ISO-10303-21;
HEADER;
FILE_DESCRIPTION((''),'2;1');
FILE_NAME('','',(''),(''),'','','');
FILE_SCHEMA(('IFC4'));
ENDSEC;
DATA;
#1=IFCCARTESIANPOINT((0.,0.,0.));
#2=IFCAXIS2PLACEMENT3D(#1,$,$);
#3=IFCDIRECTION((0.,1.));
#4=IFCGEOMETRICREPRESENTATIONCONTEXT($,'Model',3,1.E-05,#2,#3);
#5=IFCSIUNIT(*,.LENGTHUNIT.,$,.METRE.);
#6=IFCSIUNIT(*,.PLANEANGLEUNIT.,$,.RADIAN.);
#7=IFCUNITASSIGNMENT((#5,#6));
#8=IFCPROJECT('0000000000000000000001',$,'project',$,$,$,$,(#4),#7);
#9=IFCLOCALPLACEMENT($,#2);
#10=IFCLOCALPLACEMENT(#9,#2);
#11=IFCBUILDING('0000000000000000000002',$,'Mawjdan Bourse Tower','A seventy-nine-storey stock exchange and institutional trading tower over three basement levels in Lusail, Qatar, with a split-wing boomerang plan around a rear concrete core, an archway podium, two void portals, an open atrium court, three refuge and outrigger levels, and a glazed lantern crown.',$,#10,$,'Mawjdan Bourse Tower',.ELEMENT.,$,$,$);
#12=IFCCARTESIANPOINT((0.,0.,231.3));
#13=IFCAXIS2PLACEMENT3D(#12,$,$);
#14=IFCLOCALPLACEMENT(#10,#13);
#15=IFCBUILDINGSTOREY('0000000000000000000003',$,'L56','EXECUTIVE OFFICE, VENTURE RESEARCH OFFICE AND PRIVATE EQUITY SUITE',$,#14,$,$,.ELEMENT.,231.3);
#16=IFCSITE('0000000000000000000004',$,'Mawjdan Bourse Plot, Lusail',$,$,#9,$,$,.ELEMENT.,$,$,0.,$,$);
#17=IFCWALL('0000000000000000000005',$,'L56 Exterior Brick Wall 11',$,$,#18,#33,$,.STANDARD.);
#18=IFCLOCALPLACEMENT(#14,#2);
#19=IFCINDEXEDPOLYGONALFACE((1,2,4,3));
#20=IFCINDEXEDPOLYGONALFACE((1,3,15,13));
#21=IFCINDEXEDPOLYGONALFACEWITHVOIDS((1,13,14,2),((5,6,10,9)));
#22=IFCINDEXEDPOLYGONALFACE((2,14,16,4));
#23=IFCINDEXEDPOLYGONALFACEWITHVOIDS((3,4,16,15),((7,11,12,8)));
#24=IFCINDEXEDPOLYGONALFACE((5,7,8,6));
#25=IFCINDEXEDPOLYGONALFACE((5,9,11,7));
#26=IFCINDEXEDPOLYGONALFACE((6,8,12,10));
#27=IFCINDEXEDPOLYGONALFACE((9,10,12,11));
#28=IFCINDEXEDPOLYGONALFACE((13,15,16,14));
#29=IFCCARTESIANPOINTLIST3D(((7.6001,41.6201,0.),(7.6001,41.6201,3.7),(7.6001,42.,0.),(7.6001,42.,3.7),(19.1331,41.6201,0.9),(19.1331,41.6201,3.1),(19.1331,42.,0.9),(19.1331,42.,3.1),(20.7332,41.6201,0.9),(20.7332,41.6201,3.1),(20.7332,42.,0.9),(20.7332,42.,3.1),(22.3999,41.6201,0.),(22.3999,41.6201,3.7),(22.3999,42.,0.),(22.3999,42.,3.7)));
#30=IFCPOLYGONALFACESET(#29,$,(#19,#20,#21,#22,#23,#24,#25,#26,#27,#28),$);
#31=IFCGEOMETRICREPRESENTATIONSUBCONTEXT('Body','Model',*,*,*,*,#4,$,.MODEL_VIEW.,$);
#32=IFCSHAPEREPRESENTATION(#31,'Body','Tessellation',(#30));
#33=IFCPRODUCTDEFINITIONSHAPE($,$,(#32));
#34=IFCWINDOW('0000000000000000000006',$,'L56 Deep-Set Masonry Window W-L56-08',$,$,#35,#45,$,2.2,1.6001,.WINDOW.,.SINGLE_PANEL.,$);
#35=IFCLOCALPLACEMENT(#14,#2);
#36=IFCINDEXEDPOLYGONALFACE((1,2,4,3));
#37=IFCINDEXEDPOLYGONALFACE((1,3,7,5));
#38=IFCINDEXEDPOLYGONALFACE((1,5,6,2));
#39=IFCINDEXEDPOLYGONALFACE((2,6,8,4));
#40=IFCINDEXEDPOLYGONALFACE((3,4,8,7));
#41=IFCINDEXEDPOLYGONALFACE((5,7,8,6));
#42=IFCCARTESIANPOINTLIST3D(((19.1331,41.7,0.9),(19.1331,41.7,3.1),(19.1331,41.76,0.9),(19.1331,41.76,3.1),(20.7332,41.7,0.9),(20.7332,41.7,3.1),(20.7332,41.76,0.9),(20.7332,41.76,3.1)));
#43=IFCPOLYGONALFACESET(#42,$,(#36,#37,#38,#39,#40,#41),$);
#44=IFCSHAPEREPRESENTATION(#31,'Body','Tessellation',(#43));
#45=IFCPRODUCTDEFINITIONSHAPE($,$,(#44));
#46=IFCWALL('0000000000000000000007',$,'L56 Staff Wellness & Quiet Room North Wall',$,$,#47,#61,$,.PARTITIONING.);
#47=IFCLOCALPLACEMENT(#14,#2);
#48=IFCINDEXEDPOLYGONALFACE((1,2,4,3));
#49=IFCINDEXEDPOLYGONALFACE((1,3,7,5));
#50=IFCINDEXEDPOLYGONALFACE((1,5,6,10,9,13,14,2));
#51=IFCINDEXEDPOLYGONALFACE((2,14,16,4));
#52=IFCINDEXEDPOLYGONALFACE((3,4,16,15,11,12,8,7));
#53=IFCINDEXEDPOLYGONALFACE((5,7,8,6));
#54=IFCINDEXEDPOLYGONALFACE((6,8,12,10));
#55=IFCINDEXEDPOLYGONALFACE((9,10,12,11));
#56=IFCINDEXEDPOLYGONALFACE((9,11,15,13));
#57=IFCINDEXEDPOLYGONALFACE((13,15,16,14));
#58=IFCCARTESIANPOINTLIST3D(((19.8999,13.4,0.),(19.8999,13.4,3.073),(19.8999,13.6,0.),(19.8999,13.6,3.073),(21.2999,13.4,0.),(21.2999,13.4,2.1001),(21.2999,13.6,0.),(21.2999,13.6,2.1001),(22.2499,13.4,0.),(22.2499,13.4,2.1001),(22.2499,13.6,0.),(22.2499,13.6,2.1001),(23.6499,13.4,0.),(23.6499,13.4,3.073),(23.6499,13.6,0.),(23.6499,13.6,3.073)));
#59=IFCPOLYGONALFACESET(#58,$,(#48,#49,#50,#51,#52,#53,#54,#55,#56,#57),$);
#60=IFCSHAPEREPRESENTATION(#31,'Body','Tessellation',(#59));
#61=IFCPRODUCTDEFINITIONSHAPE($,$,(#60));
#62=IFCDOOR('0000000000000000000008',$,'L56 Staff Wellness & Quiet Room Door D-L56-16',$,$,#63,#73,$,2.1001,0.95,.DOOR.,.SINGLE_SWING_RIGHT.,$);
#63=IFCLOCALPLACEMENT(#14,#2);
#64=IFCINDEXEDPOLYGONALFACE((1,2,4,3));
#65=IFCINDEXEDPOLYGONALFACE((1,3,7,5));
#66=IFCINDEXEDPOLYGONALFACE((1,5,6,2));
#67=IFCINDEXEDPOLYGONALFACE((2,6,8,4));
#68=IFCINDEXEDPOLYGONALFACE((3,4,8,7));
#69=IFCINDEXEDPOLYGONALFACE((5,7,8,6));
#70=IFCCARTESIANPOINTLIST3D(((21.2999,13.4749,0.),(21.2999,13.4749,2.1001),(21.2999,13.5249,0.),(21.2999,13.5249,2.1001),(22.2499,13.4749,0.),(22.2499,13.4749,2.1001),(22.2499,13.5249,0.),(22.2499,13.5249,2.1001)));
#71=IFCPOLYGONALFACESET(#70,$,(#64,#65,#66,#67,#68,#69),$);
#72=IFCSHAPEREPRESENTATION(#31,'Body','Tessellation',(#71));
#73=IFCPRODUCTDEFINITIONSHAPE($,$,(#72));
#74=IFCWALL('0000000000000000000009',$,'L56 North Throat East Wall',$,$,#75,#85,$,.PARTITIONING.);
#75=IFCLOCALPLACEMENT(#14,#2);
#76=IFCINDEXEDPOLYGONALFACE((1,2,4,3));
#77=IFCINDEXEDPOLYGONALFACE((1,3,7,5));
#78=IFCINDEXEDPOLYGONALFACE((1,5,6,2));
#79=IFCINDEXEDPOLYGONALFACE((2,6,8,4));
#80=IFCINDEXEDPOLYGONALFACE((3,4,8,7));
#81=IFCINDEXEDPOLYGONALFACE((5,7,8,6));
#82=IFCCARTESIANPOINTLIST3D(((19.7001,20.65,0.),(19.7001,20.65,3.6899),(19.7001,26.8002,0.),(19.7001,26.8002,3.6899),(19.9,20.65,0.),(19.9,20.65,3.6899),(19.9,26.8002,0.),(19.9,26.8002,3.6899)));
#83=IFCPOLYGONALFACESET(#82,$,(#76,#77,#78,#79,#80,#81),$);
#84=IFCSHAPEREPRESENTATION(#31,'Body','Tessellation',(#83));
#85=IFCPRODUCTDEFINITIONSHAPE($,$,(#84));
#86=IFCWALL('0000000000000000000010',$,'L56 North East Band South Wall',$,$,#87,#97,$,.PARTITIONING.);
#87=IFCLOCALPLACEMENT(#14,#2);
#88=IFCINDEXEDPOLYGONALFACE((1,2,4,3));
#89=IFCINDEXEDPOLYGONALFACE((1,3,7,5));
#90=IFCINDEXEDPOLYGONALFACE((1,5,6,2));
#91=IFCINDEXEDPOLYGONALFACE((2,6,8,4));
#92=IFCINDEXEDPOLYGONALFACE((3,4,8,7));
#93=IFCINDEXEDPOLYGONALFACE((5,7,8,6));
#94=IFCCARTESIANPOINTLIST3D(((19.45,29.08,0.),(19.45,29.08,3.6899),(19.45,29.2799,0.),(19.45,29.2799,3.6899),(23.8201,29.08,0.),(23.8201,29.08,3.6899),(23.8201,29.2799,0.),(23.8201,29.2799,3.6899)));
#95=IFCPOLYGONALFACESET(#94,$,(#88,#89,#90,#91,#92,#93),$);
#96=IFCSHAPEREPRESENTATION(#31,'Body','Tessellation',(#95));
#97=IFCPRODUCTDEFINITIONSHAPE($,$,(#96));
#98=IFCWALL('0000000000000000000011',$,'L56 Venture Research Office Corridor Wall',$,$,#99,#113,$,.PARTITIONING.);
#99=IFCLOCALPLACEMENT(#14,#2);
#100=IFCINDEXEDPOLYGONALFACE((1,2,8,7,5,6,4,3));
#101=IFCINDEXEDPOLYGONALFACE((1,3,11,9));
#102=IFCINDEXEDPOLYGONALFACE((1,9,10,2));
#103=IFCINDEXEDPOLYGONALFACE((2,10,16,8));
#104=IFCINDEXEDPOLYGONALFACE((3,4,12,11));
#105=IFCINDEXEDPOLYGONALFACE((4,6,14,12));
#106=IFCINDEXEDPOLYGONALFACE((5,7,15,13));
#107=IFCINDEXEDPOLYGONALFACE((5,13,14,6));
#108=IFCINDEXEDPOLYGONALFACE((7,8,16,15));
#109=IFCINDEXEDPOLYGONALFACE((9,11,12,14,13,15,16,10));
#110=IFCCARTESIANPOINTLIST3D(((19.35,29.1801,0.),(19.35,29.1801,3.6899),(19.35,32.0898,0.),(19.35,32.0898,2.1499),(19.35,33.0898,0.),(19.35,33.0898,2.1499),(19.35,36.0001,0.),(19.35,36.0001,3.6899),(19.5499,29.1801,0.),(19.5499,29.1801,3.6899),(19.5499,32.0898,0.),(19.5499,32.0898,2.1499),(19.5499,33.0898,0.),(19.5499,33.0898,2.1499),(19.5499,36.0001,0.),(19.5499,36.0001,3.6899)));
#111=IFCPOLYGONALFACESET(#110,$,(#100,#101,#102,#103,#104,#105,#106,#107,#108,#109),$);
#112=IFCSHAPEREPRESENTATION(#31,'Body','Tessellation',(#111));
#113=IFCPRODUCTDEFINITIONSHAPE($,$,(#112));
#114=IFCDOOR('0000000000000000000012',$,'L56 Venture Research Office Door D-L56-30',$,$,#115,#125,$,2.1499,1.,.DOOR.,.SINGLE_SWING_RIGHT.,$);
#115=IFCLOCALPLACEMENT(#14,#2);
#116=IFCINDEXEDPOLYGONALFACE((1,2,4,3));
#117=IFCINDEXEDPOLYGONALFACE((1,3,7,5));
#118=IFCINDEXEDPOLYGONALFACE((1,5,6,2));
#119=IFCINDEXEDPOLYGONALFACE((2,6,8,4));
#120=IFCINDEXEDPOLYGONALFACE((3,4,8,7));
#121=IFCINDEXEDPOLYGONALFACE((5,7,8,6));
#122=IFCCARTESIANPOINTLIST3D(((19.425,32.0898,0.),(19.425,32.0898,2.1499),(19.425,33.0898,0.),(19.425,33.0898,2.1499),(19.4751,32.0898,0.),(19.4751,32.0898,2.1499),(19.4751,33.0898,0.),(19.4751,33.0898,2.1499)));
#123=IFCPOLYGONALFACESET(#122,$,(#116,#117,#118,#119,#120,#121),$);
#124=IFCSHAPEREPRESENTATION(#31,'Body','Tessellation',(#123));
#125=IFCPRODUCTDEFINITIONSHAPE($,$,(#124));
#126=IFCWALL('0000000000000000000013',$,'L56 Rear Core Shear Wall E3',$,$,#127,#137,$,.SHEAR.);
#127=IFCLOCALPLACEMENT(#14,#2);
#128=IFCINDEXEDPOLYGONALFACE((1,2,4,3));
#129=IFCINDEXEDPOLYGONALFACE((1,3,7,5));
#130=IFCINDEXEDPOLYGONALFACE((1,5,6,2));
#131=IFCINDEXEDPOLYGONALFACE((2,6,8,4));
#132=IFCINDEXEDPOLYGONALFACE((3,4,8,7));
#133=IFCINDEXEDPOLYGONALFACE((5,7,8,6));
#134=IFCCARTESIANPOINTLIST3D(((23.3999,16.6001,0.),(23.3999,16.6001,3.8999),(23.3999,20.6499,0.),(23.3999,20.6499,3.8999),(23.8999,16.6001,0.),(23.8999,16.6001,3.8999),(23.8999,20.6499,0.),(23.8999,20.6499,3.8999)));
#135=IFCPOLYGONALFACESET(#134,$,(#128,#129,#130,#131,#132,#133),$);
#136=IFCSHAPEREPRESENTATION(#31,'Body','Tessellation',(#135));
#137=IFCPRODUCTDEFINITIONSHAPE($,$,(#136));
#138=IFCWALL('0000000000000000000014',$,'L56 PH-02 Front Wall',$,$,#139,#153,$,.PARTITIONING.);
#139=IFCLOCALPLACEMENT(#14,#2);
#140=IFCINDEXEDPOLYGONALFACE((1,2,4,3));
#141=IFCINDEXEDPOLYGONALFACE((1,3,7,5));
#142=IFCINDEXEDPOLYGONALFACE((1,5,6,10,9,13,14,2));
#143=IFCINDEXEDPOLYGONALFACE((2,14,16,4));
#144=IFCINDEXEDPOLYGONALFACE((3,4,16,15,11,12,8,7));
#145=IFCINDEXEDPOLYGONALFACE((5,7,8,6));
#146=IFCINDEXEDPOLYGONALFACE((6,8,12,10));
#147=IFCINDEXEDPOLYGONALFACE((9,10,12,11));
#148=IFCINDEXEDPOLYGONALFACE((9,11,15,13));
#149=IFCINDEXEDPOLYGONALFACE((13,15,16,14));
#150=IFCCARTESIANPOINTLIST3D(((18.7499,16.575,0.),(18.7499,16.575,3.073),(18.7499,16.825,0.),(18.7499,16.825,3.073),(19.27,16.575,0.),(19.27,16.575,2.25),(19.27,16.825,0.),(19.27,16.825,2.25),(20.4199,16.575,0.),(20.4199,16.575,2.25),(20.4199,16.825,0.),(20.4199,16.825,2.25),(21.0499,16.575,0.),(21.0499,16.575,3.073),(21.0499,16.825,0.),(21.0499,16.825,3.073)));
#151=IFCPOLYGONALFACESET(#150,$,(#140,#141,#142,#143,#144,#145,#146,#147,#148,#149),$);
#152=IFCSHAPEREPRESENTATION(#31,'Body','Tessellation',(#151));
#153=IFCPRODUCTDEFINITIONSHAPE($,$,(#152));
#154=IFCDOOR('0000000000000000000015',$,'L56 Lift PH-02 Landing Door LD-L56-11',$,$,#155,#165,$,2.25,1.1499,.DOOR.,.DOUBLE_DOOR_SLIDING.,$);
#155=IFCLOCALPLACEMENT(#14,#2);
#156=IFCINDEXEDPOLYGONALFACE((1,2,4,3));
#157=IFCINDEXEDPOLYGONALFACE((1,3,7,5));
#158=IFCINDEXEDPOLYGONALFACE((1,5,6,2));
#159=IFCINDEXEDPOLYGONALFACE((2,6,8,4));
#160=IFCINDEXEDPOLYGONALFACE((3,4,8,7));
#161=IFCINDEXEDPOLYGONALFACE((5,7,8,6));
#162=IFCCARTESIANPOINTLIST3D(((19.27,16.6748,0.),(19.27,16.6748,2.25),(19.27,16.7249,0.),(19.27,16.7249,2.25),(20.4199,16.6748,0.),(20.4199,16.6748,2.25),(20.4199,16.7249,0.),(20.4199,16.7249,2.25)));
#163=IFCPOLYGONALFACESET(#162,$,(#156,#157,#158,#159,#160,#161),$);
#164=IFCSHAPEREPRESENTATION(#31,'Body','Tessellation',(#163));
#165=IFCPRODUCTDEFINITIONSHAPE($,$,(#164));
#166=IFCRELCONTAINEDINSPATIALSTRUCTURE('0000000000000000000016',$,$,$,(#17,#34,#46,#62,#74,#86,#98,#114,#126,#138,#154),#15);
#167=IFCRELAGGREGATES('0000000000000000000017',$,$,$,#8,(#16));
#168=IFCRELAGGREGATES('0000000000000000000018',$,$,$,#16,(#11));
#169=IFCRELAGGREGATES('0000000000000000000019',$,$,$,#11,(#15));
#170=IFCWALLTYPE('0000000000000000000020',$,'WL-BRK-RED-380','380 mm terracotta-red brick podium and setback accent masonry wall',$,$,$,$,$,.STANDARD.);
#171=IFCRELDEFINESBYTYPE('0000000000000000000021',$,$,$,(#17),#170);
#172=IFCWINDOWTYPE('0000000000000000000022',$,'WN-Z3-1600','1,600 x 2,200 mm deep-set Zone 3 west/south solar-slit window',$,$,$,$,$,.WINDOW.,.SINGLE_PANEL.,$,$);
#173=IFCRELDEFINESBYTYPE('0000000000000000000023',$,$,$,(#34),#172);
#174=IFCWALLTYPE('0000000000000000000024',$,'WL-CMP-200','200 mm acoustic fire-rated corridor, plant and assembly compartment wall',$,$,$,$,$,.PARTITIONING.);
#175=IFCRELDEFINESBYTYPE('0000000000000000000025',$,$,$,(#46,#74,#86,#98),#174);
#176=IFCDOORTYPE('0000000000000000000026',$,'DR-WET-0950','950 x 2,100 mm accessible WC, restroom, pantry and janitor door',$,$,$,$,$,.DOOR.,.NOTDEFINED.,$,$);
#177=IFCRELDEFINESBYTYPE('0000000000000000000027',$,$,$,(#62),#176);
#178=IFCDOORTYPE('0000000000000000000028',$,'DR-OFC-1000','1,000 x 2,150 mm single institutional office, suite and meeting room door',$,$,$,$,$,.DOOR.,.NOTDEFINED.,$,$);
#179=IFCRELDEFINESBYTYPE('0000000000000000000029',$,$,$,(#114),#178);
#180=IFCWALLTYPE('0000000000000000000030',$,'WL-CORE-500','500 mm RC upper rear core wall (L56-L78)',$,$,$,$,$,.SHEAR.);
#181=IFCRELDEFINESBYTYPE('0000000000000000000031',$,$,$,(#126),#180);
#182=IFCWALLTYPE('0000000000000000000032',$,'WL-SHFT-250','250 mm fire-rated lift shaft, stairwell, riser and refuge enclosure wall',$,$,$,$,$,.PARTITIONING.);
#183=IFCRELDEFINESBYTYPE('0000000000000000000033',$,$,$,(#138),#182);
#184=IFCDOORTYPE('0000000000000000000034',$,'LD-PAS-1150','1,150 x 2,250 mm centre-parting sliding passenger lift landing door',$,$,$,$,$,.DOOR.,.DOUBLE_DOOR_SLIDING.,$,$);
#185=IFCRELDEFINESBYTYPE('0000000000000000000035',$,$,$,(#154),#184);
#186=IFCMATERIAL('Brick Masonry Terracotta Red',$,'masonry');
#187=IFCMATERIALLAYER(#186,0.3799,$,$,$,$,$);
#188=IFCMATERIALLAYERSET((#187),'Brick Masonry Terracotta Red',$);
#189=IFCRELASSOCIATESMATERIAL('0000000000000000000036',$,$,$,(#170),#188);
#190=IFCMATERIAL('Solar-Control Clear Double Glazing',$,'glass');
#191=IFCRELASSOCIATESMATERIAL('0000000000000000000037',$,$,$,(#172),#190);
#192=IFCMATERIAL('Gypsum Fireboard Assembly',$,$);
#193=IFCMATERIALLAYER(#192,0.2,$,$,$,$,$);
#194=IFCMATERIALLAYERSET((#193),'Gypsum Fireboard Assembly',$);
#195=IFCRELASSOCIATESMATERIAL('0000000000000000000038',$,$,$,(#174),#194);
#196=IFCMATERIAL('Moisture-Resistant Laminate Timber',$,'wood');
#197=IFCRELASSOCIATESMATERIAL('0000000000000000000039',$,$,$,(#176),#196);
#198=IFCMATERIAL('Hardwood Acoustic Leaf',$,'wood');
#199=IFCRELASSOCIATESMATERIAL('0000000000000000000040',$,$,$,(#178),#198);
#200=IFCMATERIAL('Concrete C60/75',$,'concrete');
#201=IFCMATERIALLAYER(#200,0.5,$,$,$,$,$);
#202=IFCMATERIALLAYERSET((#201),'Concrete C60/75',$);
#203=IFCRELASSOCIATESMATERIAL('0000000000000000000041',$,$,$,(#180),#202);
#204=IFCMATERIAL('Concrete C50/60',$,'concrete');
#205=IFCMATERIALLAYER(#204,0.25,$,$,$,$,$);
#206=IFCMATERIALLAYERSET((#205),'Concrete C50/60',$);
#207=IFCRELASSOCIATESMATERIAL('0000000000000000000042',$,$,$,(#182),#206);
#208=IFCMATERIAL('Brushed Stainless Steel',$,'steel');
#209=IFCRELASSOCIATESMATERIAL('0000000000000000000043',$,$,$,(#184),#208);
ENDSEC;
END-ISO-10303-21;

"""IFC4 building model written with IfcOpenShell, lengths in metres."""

from ifc_helpers import new_model, si_unit, direction, frame, frame_2d, origin, place, context, subcontext, project, spatial, rectangle, extrude, material, layer, layer_set, type_object, element, fill, save


model = new_model("IFC4")

# Units and contexts
model_context = context("Model", 3, precision=1e-05, world=origin(), true_north=direction((0.0, 1.0)))
body_context = subcontext(model_context, "Body", "Model", "MODEL_VIEW")
ifc_project = project(units=[si_unit("LENGTHUNIT", "METRE"), si_unit("PLANEANGLEUNIT", "RADIAN")], contexts=[model_context])

# Site, building, storey
site_placement = place(None, origin())
site = spatial("IfcSite", under=ifc_project, at=site_placement, Name="Mawjdan Bourse Plot, Lusail", CompositionType="ELEMENT", RefElevation=0.0)
building_placement = place(site_placement, origin())
building = spatial("IfcBuilding", under=site, at=building_placement, Name="Mawjdan Bourse Tower", Description="A seventy-nine-storey stock exchange and institutional trading tower over three basement levels in Lusail, Qatar, with a split-wing boomerang plan around a rear concrete core, an archway podium, two void portals, an open atrium court, three refuge and outrigger levels, and a glazed lantern crown.", LongName="Mawjdan Bourse Tower", CompositionType="ELEMENT")
storey_placement = place(building_placement, frame((0.0, 0.0, 231.3)))
storey = spatial("IfcBuildingStorey", under=building, at=storey_placement, Name="L56", Description="EXECUTIVE OFFICE, VENTURE RESEARCH OFFICE AND PRIVATE EQUITY SUITE", CompositionType="ELEMENT", Elevation=231.3)

# Shared definitions
ifc_material_1 = material(Name="Concrete C60/75", Category="concrete")

# Shared definitions
ifc_material_2 = material(Name="Brick Masonry Terracotta Red", Category="masonry")
ifc_layer_1 = layer(ifc_material_2, 0.3799)
ifc_layer_set_1 = layer_set([ifc_layer_1], Name="Brick Masonry Terracotta Red")
wall_type_1 = type_object("IfcWallType", Name="WL-BRK-RED-380", Description="380 mm terracotta-red brick podium and setback accent masonry wall", PredefinedType="STANDARD", material=ifc_layer_set_1)
ifc_material_3 = material(Name="Solar-Control Clear Double Glazing", Category="glass")

# Wall, opening, window
wall_1_placement = place(storey_placement, frame((22.3999, 41.8101, 0.0), z_axis=(0.0, 0.0, 1.0), x_axis=(-1.0, 0.0, 0.0)))
wall_1 = element("IfcWall", 1, at=wall_1_placement, inside=storey, type_object=wall_type_1, Name="L56 Exterior Brick Wall 11", PredefinedType="STANDARD", context=body_context, shape_type="SweptSolid", body=[
    extrude(rectangle(XDim=14.7998, YDim=0.3799, at=frame_2d((7.3999, 0.0))), origin(), (0.0, 0.0, 1.0), 3.7),
])
opening_1_placement = place(wall_1_placement, frame((1.6667, 0.0, 0.8999)))
opening_1 = element("IfcOpeningElement", 2, at=opening_1_placement, cuts=wall_1, PredefinedType="OPENING", context=body_context, shape_type="SweptSolid", body=[
    extrude(rectangle(XDim=1.6001, YDim=2.2, at=frame_2d((0.8, 1.1001))), frame((0.0, 0.2, 0.0), z_axis=(0.0, -1.0, 0.0), x_axis=(1.0, 0.0, 0.0)), (0.0, 0.0, 1.0), 0.3999),
])
window_type_1 = type_object("IfcWindowType", Name="WN-Z3-1600", Description="1,600 x 2,200 mm deep-set Zone 3 west/south solar-slit window", PartitioningType="SINGLE_PANEL", PredefinedType="WINDOW", material=ifc_material_3)
window_1_placement = place(opening_1_placement, origin())
window_1 = element("IfcWindow", 3, at=window_1_placement, inside=storey, type_object=window_type_1, Name="L56 Deep-Set Masonry Window W-L56-08", OverallHeight=2.2, OverallWidth=1.6001, PartitioningType="SINGLE_PANEL", PredefinedType="WINDOW", context=body_context, shape_type="SweptSolid", body=[
    extrude(rectangle(XDim=1.6001, YDim=2.2, at=frame_2d((0.8, 1.1001))), frame((0.0, 0.1101, 0.0), z_axis=(0.0, -1.0, 0.0), x_axis=(1.0, 0.0, 0.0)), (0.0, 0.0, 1.0), 0.0601),
])
fill(opening_1, window_1)

# Wall, opening, door
ifc_material_4 = material(Name="Gypsum Fireboard Assembly")
ifc_layer_2 = layer(ifc_material_4, 0.2)
ifc_layer_set_2 = layer_set([ifc_layer_2], Name="Gypsum Fireboard Assembly")
wall_type_2 = type_object("IfcWallType", Name="WL-CMP-200", Description="200 mm acoustic fire-rated corridor, plant and assembly compartment wall", PredefinedType="PARTITIONING", material=ifc_layer_set_2)
wall_2_placement = place(storey_placement, frame((19.8999, 13.5, 0.0), z_axis=(0.0, 0.0, 1.0), x_axis=(1.0, 0.0, 0.0)))
wall_2 = element("IfcWall", 4, at=wall_2_placement, inside=storey, type_object=wall_type_2, Name="L56 Staff Wellness & Quiet Room North Wall", PredefinedType="PARTITIONING", context=body_context, shape_type="SweptSolid", body=[
    extrude(rectangle(XDim=3.75, YDim=0.2, at=frame_2d((1.875, 0.0))), origin(), (0.0, 0.0, 1.0), 3.073),
])
opening_2_placement = place(wall_2_placement, frame((1.3999, 0.0, 0.0)))
opening_2 = element("IfcOpeningElement", 5, at=opening_2_placement, cuts=wall_2, PredefinedType="OPENING", context=body_context, shape_type="SweptSolid", body=[
    extrude(rectangle(XDim=0.95, YDim=2.1001, at=frame_2d((0.4751, 1.05))), frame((0.0, 0.1099, 0.0), z_axis=(0.0, -1.0, 0.0), x_axis=(1.0, 0.0, 0.0)), (0.0, 0.0, 1.0), 0.22),
])
ifc_material_5 = material(Name="Moisture-Resistant Laminate Timber", Category="wood")
door_type_1 = type_object("IfcDoorType", Name="DR-WET-0950", Description="950 x 2,100 mm accessible WC, restroom, pantry and janitor door", OperationType="NOTDEFINED", PredefinedType="DOOR", material=ifc_material_5)
door_1_placement = place(opening_2_placement, origin())
door_1 = element("IfcDoor", 6, at=door_1_placement, inside=storey, type_object=door_type_1, Name="L56 Staff Wellness & Quiet Room Door D-L56-16", OperationType="SINGLE_SWING_RIGHT", OverallHeight=2.1001, OverallWidth=0.95, PredefinedType="DOOR", context=body_context, shape_type="SweptSolid", body=[
    extrude(rectangle(XDim=0.95, YDim=2.1001, at=frame_2d((0.4751, 1.05))), frame((0.0, 0.0249, 0.0), z_axis=(0.0, -1.0, 0.0), x_axis=(1.0, 0.0, 0.0)), (0.0, 0.0, 1.0), 0.05),
])
fill(opening_2, door_1)
ifc_material_6 = material(Name="Hardwood Acoustic Leaf", Category="wood")
door_type_2 = type_object("IfcDoorType", Name="DR-OFC-1000", Description="1,000 x 2,150 mm single institutional office, suite and meeting room door", OperationType="NOTDEFINED", PredefinedType="DOOR", material=ifc_material_6)

# Walls
wall_3_placement = place(storey_placement, frame((19.8, 20.6499, 0.0), z_axis=(0.0, 0.0, 1.0), x_axis=(0.0, 1.0, 0.0)))
element("IfcWall", 7, at=wall_3_placement, inside=storey, type_object=wall_type_2, Name="L56 North Throat East Wall", PredefinedType="PARTITIONING", context=body_context, shape_type="SweptSolid", body=[
    extrude(rectangle(XDim=6.1501, YDim=0.2, at=frame_2d((3.0752, 0.0))), origin(), (0.0, 0.0, 1.0), 3.6899),
])
wall_4_placement = place(storey_placement, frame((19.45, 29.1799, 0.0), z_axis=(0.0, 0.0, 1.0), x_axis=(1.0, 0.0, 0.0)))
element("IfcWall", 8, at=wall_4_placement, inside=storey, type_object=wall_type_2, Name="L56 North East Band South Wall", PredefinedType="PARTITIONING", context=body_context, shape_type="SweptSolid", body=[
    extrude(rectangle(XDim=4.3701, YDim=0.2, at=frame_2d((2.1851, 0.0))), origin(), (0.0, 0.0, 1.0), 3.6899),
])

# Wall, opening, door
wall_5_placement = place(storey_placement, frame((19.45, 29.1799, 0.0), z_axis=(0.0, 0.0, 1.0), x_axis=(0.0, 1.0, 0.0)))
wall_5 = element("IfcWall", 9, at=wall_5_placement, inside=storey, type_object=wall_type_2, Name="L56 Venture Research Office Corridor Wall", PredefinedType="PARTITIONING", context=body_context, shape_type="SweptSolid", body=[
    extrude(rectangle(XDim=6.8201, YDim=0.2, at=frame_2d((3.4102, 0.0))), origin(), (0.0, 0.0, 1.0), 3.6899),
])
opening_3_placement = place(wall_5_placement, frame((2.9099, 0.0, 0.0)))
opening_3 = element("IfcOpeningElement", 10, at=opening_3_placement, cuts=wall_5, PredefinedType="OPENING", context=body_context, shape_type="SweptSolid", body=[
    extrude(rectangle(XDim=1.0, YDim=2.1499, at=frame_2d((0.5, 1.075))), frame((0.0, 0.1099, 0.0), z_axis=(0.0, -1.0, 0.0), x_axis=(1.0, 0.0, 0.0)), (0.0, 0.0, 1.0), 0.22),
])
door_2_placement = place(opening_3_placement, origin())
door_2 = element("IfcDoor", 11, at=door_2_placement, inside=storey, type_object=door_type_2, Name="L56 Venture Research Office Door D-L56-30", OperationType="SINGLE_SWING_RIGHT", OverallHeight=2.1499, OverallWidth=1.0, PredefinedType="DOOR", context=body_context, shape_type="SweptSolid", body=[
    extrude(rectangle(XDim=1.0, YDim=2.1499, at=frame_2d((0.5, 1.075))), frame((0.0, 0.0249, 0.0), z_axis=(0.0, -1.0, 0.0), x_axis=(1.0, 0.0, 0.0)), (0.0, 0.0, 1.0), 0.05),
])
fill(opening_3, door_2)

# Wall
ifc_layer_3 = layer(ifc_material_1, 0.5)
ifc_layer_set_3 = layer_set([ifc_layer_3], Name="Concrete C60/75")
wall_type_3 = type_object("IfcWallType", Name="WL-CORE-500", Description="500 mm RC upper rear core wall (L56-L78)", PredefinedType="SHEAR", material=ifc_layer_set_3)
wall_6_placement = place(storey_placement, frame((23.6499, 16.6001, 0.0), z_axis=(0.0, 0.0, 1.0), x_axis=(0.0, 1.0, 0.0)))
element("IfcWall", 12, at=wall_6_placement, inside=storey, type_object=wall_type_3, Name="L56 Rear Core Shear Wall E3", PredefinedType="SHEAR", context=body_context, shape_type="SweptSolid", body=[
    extrude(rectangle(XDim=4.0498, YDim=0.5, at=frame_2d((2.0249, 0.0))), origin(), (0.0, 0.0, 1.0), 3.8999),
])

# Wall, opening, door
ifc_material_7 = material(Name="Concrete C50/60", Category="concrete")
ifc_layer_4 = layer(ifc_material_7, 0.25)
ifc_layer_set_4 = layer_set([ifc_layer_4], Name="Concrete C50/60")
wall_type_4 = type_object("IfcWallType", Name="WL-SHFT-250", Description="250 mm fire-rated lift shaft, stairwell, riser and refuge enclosure wall", PredefinedType="PARTITIONING", material=ifc_layer_set_4)
wall_7_placement = place(storey_placement, frame((18.75, 16.7, 0.0), z_axis=(0.0, 0.0, 1.0), x_axis=(1.0, 0.0, 0.0)))
wall_7 = element("IfcWall", 13, at=wall_7_placement, inside=storey, type_object=wall_type_4, Name="L56 PH-02 Front Wall", PredefinedType="PARTITIONING", context=body_context, shape_type="SweptSolid", body=[
    extrude(rectangle(XDim=2.3, YDim=0.25, at=frame_2d((1.1499, 0.0))), origin(), (0.0, 0.0, 1.0), 3.073),
])
opening_4_placement = place(wall_7_placement, frame((0.52, 0.0, 0.0)))
opening_4 = element("IfcOpeningElement", 14, at=opening_4_placement, cuts=wall_7, PredefinedType="OPENING", context=body_context, shape_type="SweptSolid", body=[
    extrude(rectangle(XDim=1.1499, YDim=2.25, at=frame_2d((0.575, 1.125))), frame((0.0, 0.135, 0.0), z_axis=(0.0, -1.0, 0.0), x_axis=(1.0, 0.0, 0.0)), (0.0, 0.0, 1.0), 0.27),
])
ifc_material_8 = material(Name="Brushed Stainless Steel", Category="steel")
door_type_3 = type_object("IfcDoorType", Name="LD-PAS-1150", Description="1,150 x 2,250 mm centre-parting sliding passenger lift landing door", OperationType="DOUBLE_DOOR_SLIDING", PredefinedType="DOOR", material=ifc_material_8)
door_3_placement = place(opening_4_placement, origin())
door_3 = element("IfcDoor", 15, at=door_3_placement, inside=storey, type_object=door_type_3, Name="L56 Lift PH-02 Landing Door LD-L56-11", OperationType="DOUBLE_DOOR_SLIDING", OverallHeight=2.25, OverallWidth=1.1499, PredefinedType="DOOR", context=body_context, shape_type="SweptSolid", body=[
    extrude(rectangle(XDim=1.1499, YDim=2.25, at=frame_2d((0.575, 1.125))), frame((0.0, 0.0249, 0.0), z_axis=(0.0, -1.0, 0.0), x_axis=(1.0, 0.0, 0.0)), (0.0, 0.0, 1.0), 0.05),
])
fill(opening_4, door_3)

save(model, "model.ifc")
